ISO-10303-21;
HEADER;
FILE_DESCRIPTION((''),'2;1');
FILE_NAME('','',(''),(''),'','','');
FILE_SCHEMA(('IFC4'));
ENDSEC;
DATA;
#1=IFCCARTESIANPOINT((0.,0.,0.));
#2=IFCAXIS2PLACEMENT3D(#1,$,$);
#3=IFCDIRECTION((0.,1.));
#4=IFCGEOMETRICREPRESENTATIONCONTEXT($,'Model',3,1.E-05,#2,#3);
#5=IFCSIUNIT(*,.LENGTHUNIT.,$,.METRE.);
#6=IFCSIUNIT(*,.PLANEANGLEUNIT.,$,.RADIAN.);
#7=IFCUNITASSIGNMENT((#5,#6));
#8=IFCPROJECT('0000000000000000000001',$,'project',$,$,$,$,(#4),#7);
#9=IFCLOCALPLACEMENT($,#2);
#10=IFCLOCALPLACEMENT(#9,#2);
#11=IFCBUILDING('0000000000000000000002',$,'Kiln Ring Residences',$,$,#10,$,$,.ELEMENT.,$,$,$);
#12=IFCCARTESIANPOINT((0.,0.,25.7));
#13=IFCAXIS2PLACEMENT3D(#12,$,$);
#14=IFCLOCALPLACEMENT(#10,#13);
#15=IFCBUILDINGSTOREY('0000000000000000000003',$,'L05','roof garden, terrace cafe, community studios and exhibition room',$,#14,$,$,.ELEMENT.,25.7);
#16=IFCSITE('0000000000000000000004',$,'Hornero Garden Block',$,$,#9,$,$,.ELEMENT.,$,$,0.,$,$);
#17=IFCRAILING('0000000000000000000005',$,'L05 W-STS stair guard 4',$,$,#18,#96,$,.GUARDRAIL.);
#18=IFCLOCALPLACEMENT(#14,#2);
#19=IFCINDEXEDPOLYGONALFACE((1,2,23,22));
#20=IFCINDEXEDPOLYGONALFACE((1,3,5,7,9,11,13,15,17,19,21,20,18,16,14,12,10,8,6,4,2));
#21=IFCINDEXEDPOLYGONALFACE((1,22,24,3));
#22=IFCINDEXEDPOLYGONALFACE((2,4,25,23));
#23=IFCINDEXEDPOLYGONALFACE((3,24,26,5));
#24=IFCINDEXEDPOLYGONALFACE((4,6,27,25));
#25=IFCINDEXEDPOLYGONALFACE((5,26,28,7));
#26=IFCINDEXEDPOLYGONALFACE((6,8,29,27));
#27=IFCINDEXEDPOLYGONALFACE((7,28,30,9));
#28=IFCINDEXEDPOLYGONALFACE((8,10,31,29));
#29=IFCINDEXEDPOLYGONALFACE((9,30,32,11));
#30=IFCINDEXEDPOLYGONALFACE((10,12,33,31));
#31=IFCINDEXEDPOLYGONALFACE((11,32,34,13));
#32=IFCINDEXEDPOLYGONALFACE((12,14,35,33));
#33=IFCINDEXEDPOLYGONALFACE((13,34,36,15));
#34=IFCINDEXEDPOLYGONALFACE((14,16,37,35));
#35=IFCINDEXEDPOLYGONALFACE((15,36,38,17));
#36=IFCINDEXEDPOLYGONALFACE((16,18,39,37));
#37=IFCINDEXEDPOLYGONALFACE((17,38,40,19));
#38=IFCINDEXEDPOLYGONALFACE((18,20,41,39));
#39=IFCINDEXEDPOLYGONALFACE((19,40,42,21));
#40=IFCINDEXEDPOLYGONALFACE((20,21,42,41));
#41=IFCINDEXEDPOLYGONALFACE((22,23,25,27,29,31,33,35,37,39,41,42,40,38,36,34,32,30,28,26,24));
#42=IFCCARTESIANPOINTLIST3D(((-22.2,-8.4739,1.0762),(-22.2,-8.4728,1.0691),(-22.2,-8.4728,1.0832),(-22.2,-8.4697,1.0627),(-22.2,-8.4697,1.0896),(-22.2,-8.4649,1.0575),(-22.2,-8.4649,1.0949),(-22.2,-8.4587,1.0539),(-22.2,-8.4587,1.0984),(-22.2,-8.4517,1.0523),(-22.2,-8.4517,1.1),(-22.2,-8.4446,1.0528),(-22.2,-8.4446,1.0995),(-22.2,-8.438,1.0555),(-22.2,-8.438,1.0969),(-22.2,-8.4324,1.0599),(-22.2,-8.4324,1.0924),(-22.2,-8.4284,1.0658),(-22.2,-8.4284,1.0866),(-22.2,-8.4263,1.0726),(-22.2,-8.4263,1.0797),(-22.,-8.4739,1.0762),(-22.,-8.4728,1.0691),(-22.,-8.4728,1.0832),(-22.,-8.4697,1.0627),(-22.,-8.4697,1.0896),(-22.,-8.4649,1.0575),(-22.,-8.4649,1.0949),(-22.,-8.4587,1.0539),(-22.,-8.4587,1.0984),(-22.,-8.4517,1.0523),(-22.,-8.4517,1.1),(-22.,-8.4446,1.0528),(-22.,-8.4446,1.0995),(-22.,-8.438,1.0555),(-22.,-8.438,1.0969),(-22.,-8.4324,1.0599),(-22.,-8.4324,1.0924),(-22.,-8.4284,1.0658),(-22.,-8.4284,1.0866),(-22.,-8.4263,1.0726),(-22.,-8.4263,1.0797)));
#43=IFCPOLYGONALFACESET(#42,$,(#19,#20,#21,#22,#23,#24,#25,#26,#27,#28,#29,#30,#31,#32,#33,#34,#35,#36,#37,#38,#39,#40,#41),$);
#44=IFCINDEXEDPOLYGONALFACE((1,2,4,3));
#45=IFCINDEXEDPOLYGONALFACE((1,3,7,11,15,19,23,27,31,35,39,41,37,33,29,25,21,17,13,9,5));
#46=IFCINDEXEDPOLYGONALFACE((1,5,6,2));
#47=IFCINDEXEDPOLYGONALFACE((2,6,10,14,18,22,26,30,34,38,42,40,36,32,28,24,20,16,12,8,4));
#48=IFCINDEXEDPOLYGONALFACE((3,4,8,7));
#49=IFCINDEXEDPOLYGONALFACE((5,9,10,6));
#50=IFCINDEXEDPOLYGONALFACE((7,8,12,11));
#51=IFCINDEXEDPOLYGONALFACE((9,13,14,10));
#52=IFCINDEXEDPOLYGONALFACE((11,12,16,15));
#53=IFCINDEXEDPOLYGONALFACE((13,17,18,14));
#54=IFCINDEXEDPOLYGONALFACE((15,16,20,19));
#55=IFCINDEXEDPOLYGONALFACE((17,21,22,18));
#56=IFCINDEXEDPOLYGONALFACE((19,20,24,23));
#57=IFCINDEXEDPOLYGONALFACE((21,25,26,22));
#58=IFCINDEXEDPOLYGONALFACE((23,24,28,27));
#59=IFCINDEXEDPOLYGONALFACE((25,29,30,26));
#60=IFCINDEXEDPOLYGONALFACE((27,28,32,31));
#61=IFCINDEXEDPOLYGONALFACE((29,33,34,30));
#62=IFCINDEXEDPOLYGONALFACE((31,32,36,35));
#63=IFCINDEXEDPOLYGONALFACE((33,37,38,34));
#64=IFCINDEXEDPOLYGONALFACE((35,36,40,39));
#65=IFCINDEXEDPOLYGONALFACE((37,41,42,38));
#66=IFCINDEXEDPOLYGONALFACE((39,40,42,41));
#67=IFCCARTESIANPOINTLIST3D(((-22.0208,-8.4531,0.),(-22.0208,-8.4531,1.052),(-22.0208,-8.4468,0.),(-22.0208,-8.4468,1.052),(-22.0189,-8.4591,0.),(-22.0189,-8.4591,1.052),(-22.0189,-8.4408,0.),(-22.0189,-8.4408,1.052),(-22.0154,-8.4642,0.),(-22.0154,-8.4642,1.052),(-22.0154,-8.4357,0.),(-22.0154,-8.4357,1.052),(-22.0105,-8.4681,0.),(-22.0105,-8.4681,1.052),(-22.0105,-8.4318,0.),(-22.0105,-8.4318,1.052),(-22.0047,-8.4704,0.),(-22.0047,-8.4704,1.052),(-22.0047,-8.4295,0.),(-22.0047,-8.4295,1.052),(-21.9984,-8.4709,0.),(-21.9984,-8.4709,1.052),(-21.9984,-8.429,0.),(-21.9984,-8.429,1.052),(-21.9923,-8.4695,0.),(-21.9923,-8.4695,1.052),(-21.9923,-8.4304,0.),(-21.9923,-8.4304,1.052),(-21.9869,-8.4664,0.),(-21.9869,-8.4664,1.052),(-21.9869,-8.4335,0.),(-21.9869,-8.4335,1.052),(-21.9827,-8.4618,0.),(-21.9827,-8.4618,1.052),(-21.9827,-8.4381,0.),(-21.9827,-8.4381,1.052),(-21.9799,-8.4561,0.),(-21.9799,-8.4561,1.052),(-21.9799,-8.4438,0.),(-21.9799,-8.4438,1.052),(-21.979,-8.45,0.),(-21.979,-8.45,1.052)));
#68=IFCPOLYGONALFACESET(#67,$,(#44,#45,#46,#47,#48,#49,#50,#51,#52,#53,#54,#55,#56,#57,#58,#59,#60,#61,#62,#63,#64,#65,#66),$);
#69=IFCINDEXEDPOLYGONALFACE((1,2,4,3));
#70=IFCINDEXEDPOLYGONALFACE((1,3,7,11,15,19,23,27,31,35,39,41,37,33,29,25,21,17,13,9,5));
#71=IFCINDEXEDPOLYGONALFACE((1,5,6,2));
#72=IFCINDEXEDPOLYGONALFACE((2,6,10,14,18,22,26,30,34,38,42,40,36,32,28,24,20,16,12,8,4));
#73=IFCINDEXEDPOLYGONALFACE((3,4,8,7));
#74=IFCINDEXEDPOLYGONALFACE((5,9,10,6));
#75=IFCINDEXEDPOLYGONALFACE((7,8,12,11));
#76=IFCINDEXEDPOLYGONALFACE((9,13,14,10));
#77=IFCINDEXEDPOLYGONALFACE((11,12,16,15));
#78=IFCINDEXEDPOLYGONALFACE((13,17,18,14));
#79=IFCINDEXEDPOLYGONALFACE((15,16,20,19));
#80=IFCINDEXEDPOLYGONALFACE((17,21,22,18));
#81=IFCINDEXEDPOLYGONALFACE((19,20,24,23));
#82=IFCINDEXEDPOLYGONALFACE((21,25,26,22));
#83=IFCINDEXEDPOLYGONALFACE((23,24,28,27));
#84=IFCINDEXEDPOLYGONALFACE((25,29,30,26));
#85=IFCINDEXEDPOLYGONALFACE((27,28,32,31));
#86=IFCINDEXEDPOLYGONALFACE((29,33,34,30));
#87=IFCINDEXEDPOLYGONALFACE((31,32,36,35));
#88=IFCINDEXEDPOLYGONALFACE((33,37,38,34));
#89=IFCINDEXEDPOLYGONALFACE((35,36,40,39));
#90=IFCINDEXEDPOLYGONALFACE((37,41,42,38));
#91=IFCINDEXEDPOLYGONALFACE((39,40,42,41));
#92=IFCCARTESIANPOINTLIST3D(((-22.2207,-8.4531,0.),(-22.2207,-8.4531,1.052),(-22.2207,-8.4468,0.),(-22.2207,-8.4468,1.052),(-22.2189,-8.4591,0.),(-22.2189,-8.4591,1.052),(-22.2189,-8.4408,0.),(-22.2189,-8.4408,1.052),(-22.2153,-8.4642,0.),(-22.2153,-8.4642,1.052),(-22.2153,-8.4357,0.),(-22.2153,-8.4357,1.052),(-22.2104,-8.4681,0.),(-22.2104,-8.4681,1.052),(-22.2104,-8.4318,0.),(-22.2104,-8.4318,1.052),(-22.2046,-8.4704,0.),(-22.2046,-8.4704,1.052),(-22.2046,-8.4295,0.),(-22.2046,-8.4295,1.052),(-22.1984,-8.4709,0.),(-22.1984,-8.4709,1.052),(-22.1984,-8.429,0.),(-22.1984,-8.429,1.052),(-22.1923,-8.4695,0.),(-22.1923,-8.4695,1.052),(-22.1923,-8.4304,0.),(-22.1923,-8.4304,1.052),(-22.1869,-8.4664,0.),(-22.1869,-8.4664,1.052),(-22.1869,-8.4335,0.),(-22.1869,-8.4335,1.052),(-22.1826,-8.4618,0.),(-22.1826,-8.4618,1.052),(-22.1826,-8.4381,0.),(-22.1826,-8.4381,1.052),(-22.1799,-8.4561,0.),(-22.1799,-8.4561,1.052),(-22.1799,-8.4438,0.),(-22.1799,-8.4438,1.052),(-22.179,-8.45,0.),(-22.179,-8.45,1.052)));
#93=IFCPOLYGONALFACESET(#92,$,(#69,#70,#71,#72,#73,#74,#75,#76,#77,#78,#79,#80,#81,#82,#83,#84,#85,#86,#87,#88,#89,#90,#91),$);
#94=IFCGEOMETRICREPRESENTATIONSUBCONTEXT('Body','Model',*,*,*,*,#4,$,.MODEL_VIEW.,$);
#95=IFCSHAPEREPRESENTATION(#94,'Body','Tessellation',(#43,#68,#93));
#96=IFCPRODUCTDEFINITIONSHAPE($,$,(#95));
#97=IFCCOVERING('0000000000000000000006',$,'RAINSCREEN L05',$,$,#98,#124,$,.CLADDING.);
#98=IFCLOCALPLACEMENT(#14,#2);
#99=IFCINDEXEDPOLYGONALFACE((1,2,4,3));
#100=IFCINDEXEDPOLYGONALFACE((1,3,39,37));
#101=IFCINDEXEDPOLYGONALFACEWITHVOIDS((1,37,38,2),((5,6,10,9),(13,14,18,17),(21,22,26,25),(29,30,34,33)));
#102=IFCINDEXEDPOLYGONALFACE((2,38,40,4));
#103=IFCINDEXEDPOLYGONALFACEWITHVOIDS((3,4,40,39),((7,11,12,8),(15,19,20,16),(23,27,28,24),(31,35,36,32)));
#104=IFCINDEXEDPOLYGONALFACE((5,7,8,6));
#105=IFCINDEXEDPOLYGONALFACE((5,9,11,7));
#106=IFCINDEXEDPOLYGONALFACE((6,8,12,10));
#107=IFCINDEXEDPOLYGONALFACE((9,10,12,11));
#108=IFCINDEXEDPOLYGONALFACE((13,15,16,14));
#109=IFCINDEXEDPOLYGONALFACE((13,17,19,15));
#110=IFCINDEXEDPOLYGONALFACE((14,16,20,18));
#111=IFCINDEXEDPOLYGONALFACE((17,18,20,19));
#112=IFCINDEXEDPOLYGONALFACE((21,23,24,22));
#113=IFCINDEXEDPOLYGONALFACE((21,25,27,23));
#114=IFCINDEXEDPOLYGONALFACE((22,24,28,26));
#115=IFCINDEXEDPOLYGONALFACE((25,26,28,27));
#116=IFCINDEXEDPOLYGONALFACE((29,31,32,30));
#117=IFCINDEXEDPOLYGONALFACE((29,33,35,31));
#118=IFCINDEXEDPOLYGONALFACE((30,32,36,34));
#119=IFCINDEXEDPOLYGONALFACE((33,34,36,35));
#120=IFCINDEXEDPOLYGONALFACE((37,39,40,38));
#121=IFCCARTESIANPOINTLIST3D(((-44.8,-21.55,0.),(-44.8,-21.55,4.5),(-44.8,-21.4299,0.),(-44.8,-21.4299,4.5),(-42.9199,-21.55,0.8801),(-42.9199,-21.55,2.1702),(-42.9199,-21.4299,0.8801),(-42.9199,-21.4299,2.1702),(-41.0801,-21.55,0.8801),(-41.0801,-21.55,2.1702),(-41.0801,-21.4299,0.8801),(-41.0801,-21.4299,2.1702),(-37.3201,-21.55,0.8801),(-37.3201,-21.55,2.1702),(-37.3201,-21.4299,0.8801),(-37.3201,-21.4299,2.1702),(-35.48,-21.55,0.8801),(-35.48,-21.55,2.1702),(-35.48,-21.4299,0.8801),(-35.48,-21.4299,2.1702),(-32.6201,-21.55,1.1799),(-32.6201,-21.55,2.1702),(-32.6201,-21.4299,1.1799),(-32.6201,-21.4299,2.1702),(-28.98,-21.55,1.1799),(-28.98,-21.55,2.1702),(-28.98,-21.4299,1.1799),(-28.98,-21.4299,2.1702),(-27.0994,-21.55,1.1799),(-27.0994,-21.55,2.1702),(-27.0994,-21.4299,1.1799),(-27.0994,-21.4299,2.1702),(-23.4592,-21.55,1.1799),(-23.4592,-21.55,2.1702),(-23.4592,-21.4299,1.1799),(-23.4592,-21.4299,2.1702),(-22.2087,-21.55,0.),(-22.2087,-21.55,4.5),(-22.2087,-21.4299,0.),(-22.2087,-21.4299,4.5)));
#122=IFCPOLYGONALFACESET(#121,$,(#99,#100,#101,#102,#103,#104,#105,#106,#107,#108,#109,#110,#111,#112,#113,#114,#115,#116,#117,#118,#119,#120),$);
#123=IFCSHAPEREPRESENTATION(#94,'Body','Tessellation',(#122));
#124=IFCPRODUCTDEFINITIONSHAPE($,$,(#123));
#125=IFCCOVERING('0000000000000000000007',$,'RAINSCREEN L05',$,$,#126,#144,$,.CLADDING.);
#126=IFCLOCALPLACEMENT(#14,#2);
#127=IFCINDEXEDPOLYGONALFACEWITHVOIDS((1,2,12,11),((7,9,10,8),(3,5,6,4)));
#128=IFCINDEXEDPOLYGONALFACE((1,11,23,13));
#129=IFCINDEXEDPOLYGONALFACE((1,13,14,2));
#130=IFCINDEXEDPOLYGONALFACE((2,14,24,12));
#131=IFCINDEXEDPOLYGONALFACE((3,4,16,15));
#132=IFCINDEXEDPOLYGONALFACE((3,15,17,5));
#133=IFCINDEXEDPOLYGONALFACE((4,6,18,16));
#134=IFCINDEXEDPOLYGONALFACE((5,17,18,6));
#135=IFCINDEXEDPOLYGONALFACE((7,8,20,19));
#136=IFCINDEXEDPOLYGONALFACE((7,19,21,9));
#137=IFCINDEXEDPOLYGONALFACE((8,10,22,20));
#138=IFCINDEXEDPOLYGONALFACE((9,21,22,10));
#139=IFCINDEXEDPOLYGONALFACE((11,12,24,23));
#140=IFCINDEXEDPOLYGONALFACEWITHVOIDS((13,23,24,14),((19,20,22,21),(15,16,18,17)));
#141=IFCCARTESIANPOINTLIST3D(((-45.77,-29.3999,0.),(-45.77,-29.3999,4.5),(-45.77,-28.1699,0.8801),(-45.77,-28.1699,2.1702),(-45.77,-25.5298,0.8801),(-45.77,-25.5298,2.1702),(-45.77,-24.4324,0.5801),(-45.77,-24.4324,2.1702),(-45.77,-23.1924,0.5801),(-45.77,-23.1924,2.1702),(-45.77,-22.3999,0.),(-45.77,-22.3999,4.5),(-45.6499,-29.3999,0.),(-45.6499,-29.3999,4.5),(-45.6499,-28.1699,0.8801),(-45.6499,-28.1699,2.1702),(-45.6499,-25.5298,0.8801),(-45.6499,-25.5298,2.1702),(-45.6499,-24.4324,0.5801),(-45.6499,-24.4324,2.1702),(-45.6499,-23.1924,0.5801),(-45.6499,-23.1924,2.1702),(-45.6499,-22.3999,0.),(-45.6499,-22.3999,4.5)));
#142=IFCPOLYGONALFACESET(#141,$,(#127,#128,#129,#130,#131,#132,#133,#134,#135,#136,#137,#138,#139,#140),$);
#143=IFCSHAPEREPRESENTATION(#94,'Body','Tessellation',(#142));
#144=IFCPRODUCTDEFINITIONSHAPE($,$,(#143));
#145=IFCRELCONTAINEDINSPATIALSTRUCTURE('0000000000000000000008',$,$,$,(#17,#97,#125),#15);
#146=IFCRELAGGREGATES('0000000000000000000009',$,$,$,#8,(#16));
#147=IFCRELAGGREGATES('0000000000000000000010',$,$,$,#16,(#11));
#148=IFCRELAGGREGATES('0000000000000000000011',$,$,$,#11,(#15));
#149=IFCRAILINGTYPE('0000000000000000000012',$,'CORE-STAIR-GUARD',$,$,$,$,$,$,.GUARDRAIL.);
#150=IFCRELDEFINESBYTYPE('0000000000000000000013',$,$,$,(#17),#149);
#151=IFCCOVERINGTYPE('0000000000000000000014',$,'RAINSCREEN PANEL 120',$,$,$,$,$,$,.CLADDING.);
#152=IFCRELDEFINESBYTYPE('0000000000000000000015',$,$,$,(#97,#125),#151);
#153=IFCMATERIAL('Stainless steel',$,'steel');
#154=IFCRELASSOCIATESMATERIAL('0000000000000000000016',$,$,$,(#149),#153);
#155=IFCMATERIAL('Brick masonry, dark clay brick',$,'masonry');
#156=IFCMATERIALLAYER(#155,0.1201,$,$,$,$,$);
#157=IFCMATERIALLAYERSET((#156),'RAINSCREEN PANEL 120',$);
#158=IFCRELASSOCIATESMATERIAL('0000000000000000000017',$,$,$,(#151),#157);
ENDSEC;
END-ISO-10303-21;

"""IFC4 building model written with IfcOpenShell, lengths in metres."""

from ifc_helpers import new_model, si_unit, direction, frame, origin, origin_2d, place, context, subcontext, project, spatial, polyline, circle, outline, extrude, material, layer, layer_set, type_object, element, save


model = new_model("IFC4")

# Units and contexts
model_context = context("Model", 3, precision=1e-05, world=origin(), true_north=direction((0.0, 1.0)))
body_context = subcontext(model_context, "Body", "Model", "MODEL_VIEW")
ifc_project = project(units=[si_unit("LENGTHUNIT", "METRE"), si_unit("PLANEANGLEUNIT", "RADIAN")], contexts=[model_context])

# Site, building, storey
site_placement = place(None, origin())
site = spatial("IfcSite", under=ifc_project, at=site_placement, Name="Hornero Garden Block", CompositionType="ELEMENT", RefElevation=0.0)
building_placement = place(site_placement, origin())
building = spatial("IfcBuilding", under=site, at=building_placement, Name="Kiln Ring Residences", CompositionType="ELEMENT")
storey_placement = place(building_placement, frame((0.0, 0.0, 25.7)))
storey = spatial("IfcBuildingStorey", under=building, at=storey_placement, Name="L05", Description="roof garden, terrace cafe, community studios and exhibition room", CompositionType="ELEMENT", Elevation=25.7)

# Railing
ifc_material_1 = material(Name="Stainless steel", Category="steel")
railing_type_1 = type_object("IfcRailingType", Name="CORE-STAIR-GUARD", PredefinedType="GUARDRAIL", material=ifc_material_1)
railing_1_placement = place(storey_placement, frame((-22.0, -8.45, 0.0)))
element("IfcRailing", 1, at=railing_1_placement, inside=storey, type_object=railing_type_1, Name="L05 W-STS stair guard 4", PredefinedType="GUARDRAIL", context=body_context, shape_type="SweptSolid", body=[
    extrude(circle(Radius=0.0239, at=origin_2d()), frame((0.0, 0.0, 1.0762), z_axis=(-1.0, 0.0, 0.0), x_axis=(0.0, -1.0, 0.0)), (0.0, 0.0, 1.0), 0.2),
    extrude(circle(Radius=0.021, at=origin_2d()), origin(), (0.0, 0.0, 1.0), 1.052),
    extrude(circle(Radius=0.021, at=origin_2d()), frame((-0.2, 0.0, 0.0)), (0.0, 0.0, 1.0), 1.052),
])

# Coverings
ifc_material_2 = material(Name="Brick masonry, dark clay brick", Category="masonry")
ifc_layer_1 = layer(ifc_material_2, 0.1201)
ifc_layer_set_1 = layer_set([ifc_layer_1], Name="RAINSCREEN PANEL 120")
covering_type = type_object("IfcCoveringType", Name="RAINSCREEN PANEL 120", PredefinedType="CLADDING", material=ifc_layer_set_1)
covering_1_placement = place(storey_placement, frame((-22.2087, -21.49, 0.0), z_axis=(0.0, 0.0, 1.0), x_axis=(-1.0, 0.0, 0.0)))
element("IfcCovering", 2, at=covering_1_placement, inside=storey, type_object=covering_type, Name="RAINSCREEN L05", PredefinedType="CLADDING", context=body_context, shape_type="SweptSolid", body=[
    extrude(outline(polyline([(0.0, 0.0), (22.5913, 0.0), (22.5913, 4.5), (0.0, 4.5), (0.0, 0.0)]), holes=[polyline([(15.1113, 0.8801), (15.1113, 2.1702), (13.2712, 2.1702), (13.2712, 0.8801), (15.1113, 0.8801)]), polyline([(20.7112, 0.8801), (20.7112, 2.1702), (18.8713, 2.1702), (18.8713, 0.8801), (20.7112, 0.8801)]), polyline([(4.8906, 1.1799), (4.8906, 2.1702), (1.2505, 2.1702), (1.2505, 1.1799), (4.8906, 1.1799)]), polyline([(10.4114, 1.1799), (10.4114, 2.1702), (6.7712, 2.1702), (6.7712, 1.1799), (10.4114, 1.1799)])]), frame((0.0, 0.0601, 0.0), z_axis=(0.0, -1.0, 0.0), x_axis=(1.0, 0.0, 0.0)), (0.0, 0.0, 1.0), 0.1201),
])
covering_2_placement = place(storey_placement, frame((-45.71, -22.3999, 0.0), z_axis=(0.0, 0.0, 1.0), x_axis=(0.0, -1.0, 0.0)))
element("IfcCovering", 3, at=covering_2_placement, inside=storey, type_object=covering_type, Name="RAINSCREEN L05", PredefinedType="CLADDING", context=body_context, shape_type="SweptSolid", body=[
    extrude(outline(polyline([(0.0, 0.0), (7.0, 0.0), (7.0, 4.5), (0.0, 4.5), (0.0, 0.0)]), holes=[polyline([(2.0325, 2.1702), (0.7925, 2.1702), (0.7925, 0.5801), (2.0325, 0.5801), (2.0325, 2.1702)]), polyline([(5.77, 2.1702), (3.1299, 2.1702), (3.1299, 0.8801), (5.77, 0.8801), (5.77, 2.1702)])]), frame((0.0, 0.0601, 0.0), z_axis=(0.0, -1.0, 0.0), x_axis=(1.0, 0.0, 0.0)), (0.0, 0.0, 1.0), 0.1201),
])

save(model, "model.ifc")
